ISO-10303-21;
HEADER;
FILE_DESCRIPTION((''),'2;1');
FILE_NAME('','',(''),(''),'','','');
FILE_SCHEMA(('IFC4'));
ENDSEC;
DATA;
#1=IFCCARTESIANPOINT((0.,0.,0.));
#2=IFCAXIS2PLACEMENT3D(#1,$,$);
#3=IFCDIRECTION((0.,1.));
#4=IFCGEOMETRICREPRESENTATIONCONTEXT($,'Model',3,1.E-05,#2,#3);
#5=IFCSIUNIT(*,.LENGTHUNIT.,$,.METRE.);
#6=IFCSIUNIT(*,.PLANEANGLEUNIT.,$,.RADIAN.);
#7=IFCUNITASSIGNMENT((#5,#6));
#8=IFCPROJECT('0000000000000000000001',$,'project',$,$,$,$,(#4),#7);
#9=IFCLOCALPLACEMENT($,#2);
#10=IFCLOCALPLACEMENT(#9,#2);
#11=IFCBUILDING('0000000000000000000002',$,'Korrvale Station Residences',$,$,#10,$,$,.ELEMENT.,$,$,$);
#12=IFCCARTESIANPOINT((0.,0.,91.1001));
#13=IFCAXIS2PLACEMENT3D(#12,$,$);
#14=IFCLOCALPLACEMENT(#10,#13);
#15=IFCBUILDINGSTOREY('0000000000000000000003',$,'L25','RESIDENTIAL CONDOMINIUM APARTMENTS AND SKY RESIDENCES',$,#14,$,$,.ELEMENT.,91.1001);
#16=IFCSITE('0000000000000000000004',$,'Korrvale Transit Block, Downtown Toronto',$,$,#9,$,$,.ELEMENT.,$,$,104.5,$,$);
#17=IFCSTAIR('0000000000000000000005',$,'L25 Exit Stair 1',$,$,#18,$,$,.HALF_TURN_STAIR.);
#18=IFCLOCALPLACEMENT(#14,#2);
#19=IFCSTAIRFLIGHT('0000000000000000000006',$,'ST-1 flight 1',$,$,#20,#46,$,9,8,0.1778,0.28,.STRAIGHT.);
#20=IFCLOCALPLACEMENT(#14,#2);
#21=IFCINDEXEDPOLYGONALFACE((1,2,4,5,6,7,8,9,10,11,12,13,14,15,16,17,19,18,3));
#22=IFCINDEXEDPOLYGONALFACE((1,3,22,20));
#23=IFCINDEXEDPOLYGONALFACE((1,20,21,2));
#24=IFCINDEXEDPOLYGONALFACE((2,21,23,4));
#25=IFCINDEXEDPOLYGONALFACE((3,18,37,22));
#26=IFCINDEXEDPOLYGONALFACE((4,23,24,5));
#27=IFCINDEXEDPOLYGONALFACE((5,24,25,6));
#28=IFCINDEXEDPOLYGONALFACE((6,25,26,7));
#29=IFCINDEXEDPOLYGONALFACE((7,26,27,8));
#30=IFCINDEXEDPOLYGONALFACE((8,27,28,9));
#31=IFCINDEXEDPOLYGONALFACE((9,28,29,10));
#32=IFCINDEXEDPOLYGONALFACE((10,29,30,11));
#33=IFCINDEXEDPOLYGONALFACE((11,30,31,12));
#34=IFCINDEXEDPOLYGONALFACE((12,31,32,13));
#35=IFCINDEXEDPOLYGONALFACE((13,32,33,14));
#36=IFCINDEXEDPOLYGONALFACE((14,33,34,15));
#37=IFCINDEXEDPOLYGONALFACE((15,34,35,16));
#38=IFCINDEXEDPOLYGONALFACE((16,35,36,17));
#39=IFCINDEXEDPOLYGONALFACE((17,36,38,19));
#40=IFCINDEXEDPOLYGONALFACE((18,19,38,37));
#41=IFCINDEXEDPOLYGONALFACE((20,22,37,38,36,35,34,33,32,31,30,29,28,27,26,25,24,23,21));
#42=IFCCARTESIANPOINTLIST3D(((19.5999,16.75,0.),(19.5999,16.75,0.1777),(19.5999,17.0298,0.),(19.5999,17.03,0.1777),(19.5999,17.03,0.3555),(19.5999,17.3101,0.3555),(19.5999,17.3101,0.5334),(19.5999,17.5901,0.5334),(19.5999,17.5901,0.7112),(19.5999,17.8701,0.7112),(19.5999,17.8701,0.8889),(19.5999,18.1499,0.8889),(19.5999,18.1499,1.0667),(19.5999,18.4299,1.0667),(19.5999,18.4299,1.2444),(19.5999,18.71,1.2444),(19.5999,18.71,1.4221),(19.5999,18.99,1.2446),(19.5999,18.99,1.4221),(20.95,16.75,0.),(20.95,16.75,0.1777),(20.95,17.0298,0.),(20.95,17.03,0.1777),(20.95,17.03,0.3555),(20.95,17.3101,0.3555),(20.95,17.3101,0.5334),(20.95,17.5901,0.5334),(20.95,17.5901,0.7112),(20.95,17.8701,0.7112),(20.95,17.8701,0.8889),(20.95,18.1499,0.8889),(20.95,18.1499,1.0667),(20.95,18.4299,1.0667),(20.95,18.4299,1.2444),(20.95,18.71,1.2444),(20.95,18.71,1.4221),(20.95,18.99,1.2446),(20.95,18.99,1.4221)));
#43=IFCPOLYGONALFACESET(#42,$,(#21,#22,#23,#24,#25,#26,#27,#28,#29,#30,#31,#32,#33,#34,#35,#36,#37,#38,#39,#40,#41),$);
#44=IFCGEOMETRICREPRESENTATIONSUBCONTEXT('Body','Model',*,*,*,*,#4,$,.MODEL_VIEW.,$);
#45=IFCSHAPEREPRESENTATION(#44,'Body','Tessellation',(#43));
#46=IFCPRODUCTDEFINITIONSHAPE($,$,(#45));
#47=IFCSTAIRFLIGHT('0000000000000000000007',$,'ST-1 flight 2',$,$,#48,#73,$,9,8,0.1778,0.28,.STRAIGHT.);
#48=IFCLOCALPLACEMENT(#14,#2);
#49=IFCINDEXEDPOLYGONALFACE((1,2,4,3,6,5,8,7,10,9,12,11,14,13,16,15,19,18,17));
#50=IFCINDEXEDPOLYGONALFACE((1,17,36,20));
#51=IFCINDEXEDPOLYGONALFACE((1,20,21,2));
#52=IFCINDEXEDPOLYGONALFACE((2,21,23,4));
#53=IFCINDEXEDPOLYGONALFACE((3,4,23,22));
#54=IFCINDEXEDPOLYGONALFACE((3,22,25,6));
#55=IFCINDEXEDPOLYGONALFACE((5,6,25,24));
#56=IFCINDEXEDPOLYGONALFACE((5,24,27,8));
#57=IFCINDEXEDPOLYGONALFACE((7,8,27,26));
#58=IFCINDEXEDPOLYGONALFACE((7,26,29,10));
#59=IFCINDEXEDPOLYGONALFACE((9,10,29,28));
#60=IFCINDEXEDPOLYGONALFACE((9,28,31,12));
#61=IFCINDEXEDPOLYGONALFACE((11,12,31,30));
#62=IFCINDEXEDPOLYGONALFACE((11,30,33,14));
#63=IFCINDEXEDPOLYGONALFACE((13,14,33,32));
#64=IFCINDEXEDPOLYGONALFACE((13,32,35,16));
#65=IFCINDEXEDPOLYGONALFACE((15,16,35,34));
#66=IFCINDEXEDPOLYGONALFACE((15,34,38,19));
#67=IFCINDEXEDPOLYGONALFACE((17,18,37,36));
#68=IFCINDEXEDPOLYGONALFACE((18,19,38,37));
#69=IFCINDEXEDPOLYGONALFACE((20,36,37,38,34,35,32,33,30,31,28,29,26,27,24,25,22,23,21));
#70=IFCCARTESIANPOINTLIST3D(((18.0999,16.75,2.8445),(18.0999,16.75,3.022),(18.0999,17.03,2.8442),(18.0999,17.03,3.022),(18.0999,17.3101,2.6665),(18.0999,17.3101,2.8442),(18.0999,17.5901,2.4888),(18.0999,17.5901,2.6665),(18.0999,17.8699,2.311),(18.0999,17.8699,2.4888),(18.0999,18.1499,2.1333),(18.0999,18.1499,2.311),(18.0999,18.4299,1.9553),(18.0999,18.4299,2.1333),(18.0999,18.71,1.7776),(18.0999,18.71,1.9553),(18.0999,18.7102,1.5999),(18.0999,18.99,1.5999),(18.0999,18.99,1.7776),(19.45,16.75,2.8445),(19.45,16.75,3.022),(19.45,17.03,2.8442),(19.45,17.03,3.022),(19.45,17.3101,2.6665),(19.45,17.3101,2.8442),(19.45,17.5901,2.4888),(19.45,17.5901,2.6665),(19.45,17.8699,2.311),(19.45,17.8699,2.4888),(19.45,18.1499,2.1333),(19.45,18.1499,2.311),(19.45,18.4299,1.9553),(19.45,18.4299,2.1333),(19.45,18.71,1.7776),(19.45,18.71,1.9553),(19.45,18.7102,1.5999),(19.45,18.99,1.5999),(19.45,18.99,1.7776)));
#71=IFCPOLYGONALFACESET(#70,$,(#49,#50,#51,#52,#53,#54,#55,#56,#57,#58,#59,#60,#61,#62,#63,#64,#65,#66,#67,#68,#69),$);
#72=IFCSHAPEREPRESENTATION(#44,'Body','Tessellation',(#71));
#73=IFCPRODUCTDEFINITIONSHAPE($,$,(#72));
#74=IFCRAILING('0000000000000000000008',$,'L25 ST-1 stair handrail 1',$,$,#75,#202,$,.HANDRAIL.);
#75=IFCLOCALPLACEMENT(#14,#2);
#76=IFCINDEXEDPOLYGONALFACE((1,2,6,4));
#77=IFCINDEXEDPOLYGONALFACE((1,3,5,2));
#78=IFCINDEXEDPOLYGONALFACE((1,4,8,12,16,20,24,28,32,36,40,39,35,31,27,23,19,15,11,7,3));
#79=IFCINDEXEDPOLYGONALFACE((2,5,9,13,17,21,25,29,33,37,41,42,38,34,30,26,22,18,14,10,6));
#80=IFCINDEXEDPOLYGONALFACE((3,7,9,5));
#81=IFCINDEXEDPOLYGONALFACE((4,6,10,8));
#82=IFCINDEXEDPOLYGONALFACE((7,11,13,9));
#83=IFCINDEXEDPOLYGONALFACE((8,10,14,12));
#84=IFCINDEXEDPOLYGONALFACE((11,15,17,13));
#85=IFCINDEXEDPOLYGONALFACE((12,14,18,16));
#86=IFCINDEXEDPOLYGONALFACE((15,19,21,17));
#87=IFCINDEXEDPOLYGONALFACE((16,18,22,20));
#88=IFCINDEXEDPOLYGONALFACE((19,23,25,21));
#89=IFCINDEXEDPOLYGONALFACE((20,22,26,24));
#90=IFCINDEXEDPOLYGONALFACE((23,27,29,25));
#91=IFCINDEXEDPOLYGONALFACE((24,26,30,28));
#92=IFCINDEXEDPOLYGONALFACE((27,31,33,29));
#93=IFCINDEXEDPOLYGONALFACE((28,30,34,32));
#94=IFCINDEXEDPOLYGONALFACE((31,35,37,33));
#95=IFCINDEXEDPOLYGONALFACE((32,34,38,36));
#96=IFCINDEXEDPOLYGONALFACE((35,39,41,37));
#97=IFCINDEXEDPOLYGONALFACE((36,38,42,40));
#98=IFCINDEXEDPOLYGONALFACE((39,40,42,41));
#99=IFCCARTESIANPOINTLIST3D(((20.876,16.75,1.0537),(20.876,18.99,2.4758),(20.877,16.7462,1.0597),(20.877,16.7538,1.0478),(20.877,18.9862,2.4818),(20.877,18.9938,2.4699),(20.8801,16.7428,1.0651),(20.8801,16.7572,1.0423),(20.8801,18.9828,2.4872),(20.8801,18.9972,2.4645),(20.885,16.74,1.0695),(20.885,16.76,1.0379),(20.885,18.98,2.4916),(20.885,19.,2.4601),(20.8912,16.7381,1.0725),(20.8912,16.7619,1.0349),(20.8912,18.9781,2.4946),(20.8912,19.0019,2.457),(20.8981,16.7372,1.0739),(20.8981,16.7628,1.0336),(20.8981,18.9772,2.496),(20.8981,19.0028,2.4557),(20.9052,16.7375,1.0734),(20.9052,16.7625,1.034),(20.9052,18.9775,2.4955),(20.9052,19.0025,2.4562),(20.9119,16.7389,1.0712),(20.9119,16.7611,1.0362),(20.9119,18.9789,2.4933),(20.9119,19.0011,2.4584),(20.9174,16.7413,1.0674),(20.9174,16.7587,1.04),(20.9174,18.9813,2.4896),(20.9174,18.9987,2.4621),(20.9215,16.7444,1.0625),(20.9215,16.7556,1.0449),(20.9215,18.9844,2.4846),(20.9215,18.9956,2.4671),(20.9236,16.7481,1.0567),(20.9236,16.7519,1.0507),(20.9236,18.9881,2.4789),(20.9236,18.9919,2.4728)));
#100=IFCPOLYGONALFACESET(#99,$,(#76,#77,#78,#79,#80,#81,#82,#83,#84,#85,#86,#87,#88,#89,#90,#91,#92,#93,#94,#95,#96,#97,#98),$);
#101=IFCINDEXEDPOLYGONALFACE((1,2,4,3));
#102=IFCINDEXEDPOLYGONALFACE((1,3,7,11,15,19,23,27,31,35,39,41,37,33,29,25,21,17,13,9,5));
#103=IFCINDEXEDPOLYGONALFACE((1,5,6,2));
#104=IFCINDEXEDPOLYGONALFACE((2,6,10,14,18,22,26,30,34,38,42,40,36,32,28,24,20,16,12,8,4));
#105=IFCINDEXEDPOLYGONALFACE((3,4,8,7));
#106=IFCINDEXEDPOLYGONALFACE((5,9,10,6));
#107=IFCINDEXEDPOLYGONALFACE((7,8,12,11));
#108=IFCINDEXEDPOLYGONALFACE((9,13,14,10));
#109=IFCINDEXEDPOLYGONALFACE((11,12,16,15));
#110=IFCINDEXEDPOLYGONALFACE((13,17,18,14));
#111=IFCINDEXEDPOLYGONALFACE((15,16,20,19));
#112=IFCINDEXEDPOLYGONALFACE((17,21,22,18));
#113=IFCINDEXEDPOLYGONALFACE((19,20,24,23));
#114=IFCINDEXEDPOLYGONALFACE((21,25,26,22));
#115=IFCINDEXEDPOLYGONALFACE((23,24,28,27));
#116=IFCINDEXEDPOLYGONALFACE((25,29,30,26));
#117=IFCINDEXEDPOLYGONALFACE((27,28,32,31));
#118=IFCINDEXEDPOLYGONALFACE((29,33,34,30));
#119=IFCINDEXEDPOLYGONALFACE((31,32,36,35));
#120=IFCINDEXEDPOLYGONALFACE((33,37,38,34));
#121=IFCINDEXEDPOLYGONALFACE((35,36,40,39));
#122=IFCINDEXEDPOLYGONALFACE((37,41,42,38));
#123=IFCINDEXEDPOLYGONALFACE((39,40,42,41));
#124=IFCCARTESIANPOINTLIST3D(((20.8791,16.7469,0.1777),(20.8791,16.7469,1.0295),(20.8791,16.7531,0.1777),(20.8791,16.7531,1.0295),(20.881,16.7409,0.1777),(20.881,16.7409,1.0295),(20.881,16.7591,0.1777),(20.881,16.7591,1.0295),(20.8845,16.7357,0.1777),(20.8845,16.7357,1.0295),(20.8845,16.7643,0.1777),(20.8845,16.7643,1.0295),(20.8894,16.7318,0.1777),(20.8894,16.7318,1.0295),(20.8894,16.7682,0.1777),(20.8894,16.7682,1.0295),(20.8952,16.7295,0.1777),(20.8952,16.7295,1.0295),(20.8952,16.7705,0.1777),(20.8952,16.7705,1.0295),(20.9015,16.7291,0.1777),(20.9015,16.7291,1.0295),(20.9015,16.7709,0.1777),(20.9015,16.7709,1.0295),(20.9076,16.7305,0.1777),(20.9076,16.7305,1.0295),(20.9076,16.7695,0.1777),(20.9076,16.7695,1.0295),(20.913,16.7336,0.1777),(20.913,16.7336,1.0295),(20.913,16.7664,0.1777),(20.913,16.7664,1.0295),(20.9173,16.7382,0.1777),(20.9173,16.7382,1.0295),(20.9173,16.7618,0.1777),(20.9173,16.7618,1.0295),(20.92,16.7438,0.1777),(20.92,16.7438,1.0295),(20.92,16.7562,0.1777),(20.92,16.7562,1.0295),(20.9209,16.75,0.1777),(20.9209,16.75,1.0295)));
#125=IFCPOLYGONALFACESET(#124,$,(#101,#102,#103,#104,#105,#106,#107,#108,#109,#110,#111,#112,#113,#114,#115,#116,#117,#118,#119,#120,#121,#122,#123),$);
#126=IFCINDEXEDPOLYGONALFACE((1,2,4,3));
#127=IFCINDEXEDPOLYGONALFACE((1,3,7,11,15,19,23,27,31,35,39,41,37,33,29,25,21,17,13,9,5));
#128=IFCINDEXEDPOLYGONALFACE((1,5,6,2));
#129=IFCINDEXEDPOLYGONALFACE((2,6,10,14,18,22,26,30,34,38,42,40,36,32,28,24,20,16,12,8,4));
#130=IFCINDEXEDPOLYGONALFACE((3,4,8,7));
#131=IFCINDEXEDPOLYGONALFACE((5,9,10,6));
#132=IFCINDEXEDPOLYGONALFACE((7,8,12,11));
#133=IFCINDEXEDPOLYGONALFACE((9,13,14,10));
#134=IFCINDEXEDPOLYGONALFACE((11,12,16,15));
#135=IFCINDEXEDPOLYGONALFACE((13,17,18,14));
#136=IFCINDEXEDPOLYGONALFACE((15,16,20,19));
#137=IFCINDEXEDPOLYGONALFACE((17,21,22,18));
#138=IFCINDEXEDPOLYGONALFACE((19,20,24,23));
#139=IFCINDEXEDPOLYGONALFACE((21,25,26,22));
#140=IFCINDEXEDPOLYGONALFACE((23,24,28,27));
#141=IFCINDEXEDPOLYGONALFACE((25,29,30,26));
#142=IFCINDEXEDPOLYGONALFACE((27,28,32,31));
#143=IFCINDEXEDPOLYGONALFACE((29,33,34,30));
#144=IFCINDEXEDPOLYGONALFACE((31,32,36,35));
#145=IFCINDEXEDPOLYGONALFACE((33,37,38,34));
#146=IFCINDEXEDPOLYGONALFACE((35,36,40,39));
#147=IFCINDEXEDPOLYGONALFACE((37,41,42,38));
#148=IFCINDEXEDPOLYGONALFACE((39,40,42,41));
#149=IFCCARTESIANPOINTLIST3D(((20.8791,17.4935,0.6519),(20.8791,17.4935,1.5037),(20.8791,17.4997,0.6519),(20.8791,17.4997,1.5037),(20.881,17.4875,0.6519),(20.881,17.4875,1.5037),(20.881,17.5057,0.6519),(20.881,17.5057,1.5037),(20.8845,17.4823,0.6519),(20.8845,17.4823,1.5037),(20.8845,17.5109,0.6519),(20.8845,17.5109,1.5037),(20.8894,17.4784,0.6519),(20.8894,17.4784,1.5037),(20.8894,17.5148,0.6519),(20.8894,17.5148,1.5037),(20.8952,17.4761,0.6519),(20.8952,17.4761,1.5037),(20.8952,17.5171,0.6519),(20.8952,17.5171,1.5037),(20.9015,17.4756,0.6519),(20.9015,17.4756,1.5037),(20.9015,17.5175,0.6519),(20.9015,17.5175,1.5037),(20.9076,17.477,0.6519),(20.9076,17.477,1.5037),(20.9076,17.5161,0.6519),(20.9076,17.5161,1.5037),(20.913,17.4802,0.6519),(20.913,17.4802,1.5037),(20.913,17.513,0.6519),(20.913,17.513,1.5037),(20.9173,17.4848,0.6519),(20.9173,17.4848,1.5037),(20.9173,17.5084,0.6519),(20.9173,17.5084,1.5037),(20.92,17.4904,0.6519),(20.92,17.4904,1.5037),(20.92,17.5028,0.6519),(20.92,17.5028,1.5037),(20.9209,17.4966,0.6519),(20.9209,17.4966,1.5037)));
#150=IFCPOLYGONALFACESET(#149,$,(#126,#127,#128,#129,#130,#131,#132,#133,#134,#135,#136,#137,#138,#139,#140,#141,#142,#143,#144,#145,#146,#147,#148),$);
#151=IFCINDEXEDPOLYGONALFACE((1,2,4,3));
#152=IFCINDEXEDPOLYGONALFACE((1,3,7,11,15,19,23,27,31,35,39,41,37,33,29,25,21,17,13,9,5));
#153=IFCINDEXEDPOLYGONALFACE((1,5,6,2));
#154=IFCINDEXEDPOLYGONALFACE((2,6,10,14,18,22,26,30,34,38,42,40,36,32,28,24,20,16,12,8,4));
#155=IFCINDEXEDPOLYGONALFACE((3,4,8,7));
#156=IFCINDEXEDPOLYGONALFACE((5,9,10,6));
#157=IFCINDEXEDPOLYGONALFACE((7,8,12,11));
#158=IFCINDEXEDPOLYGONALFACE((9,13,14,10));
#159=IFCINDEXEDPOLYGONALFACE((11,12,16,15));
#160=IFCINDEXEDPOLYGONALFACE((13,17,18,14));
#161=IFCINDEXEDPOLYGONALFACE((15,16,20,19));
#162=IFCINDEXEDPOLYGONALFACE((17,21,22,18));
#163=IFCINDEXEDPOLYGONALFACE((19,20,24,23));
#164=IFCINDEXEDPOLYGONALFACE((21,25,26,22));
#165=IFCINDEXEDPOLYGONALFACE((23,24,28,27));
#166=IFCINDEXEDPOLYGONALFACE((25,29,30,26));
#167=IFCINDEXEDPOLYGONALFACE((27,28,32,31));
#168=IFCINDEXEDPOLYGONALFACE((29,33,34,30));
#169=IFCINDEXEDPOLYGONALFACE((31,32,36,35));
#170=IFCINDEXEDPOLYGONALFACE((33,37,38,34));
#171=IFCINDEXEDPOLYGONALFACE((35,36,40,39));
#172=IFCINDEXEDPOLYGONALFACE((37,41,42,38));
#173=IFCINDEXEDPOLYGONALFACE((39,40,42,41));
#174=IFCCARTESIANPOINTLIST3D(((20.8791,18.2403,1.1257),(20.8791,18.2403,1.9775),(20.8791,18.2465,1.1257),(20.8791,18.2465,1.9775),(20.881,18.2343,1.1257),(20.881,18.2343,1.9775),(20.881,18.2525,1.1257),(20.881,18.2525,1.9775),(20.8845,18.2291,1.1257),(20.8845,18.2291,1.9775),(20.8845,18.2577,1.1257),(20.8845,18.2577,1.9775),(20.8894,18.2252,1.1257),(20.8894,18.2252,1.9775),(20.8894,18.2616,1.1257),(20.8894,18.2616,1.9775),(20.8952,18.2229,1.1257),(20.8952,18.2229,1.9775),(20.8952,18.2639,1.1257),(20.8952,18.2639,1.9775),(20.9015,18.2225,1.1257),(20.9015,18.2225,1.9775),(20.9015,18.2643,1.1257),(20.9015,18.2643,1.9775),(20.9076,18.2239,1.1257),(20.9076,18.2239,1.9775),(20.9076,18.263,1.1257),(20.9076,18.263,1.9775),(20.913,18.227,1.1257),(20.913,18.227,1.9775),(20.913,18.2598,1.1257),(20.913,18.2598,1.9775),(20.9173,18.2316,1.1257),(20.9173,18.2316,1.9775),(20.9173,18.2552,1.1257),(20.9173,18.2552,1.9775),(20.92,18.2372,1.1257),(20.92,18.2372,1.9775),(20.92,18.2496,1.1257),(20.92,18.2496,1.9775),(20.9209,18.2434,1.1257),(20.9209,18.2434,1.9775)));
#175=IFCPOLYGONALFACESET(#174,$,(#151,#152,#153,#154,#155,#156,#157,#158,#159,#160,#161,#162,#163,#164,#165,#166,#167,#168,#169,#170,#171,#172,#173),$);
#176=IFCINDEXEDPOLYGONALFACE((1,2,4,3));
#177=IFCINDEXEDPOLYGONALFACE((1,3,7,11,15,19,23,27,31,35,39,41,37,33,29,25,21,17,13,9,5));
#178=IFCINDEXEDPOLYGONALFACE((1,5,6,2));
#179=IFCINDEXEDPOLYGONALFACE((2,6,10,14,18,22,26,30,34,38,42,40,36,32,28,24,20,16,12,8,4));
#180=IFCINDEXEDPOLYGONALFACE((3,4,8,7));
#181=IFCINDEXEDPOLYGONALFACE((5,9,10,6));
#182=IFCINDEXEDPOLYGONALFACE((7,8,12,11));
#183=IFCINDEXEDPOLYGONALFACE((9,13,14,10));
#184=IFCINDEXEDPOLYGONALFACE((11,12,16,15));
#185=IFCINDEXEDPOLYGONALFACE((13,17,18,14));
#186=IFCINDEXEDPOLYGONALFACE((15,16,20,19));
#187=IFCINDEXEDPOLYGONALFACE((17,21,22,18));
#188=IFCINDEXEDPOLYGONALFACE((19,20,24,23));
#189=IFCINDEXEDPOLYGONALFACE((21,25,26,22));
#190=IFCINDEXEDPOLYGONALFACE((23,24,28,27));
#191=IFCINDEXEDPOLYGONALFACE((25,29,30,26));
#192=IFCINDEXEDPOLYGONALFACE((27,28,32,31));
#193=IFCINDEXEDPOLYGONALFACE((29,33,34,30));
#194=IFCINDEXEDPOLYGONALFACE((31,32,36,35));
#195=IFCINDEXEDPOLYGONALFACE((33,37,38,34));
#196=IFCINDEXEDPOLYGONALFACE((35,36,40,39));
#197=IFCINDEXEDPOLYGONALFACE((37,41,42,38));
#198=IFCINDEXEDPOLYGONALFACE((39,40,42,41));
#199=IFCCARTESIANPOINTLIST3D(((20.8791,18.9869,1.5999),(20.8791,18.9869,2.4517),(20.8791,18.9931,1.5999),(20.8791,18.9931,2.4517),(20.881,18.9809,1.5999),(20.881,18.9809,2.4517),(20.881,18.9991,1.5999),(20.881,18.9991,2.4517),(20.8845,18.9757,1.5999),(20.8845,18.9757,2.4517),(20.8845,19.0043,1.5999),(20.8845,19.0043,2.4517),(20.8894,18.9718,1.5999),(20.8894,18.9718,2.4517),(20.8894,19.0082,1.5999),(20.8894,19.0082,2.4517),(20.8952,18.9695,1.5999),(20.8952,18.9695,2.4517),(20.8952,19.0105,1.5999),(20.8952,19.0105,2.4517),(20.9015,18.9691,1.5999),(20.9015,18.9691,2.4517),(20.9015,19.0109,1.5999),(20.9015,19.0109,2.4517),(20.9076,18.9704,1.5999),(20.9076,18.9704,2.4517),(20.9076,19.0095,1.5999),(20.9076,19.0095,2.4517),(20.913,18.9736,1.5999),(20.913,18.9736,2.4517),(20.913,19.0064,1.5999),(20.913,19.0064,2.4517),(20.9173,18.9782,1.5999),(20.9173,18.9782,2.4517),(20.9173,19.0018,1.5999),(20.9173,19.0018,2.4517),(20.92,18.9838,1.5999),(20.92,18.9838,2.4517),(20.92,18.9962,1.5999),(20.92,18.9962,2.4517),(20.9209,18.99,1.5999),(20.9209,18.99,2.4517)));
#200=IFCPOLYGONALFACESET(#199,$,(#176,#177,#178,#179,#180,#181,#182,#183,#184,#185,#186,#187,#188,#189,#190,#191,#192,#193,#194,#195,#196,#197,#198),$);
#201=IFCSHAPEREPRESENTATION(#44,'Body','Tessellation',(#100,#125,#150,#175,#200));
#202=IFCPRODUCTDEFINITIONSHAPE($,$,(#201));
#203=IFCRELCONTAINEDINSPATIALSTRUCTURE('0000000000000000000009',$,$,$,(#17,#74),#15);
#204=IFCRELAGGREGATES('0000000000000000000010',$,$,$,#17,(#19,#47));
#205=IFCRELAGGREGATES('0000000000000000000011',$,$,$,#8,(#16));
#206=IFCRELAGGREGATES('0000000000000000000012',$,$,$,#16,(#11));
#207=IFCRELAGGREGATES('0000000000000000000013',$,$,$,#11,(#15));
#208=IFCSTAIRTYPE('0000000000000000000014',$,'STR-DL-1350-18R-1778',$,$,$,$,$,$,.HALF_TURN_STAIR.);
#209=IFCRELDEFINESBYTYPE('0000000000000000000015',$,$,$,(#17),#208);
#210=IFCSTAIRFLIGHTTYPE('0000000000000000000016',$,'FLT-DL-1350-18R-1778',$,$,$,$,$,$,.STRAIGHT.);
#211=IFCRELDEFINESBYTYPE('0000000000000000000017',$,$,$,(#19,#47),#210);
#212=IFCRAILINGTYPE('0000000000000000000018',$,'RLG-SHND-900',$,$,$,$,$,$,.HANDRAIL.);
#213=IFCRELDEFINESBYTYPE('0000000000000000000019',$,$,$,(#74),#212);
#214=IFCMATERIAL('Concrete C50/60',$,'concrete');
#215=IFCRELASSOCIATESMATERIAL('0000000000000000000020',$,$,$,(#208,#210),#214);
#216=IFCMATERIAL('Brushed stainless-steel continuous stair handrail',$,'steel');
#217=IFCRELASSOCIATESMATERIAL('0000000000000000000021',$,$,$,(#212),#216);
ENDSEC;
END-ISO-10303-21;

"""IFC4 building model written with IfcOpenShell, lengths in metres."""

from ifc_helpers import new_model, si_unit, direction, frame, origin, origin_2d, place, context, subcontext, project, spatial, polyline, circle, outline, extrude, material, type_object, element, aggregate, save


model = new_model("IFC4")

# Units and contexts
model_context = context("Model", 3, precision=1e-05, world=origin(), true_north=direction((0.0, 1.0)))
body_context = subcontext(model_context, "Body", "Model", "MODEL_VIEW")
ifc_project = project(units=[si_unit("LENGTHUNIT", "METRE"), si_unit("PLANEANGLEUNIT", "RADIAN")], contexts=[model_context])

# Site, building, storey
site_placement = place(None, origin())
site = spatial("IfcSite", under=ifc_project, at=site_placement, Name="Korrvale Transit Block, Downtown Toronto", CompositionType="ELEMENT", RefElevation=104.5)
building_placement = place(site_placement, origin())
building = spatial("IfcBuilding", under=site, at=building_placement, Name="Korrvale Station Residences", CompositionType="ELEMENT")
storey_placement = place(building_placement, frame((0.0, 0.0, 91.1001)))
storey = spatial("IfcBuildingStorey", under=building, at=storey_placement, Name="L25", Description="RESIDENTIAL CONDOMINIUM APARTMENTS AND SKY RESIDENCES", CompositionType="ELEMENT", Elevation=91.1001)

# Stair, stair flights
ifc_material_1 = material(Name="Concrete C50/60", Category="concrete")
stair_type = type_object("IfcStairType", Name="STR-DL-1350-18R-1778", PredefinedType="HALF_TURN_STAIR", material=ifc_material_1)
stair_placement = place(storey_placement, origin())
stair = element("IfcStair", 1, at=stair_placement, inside=storey, type_object=stair_type, Name="L25 Exit Stair 1", PredefinedType="HALF_TURN_STAIR")
stair_flight_type = type_object("IfcStairFlightType", Name="FLT-DL-1350-18R-1778", PredefinedType="STRAIGHT", material=ifc_material_1)
stair_flight_1_placement = place(storey_placement, frame((20.2749, 16.75, 0.0), z_axis=(0.0, 0.0, 1.0), x_axis=(0.0, 1.0, 0.0)))
stair_flight_1 = element("IfcStairFlight", 2, at=stair_flight_1_placement, type_object=stair_flight_type, Name="ST-1 flight 1", NumberOfRisers=9, NumberOfTreads=8, PredefinedType="STRAIGHT", RiserHeight=0.1778, TreadLength=0.28, context=body_context, shape_type="SweptSolid", body=[
    extrude(outline(polyline([(0.0, 0.0), (0.0, 0.1777), (0.28, 0.1777), (0.28, 0.3555), (0.5601, 0.3555), (0.5601, 0.5334), (0.8401, 0.5334), (0.8401, 0.7112), (1.1201, 0.7112), (1.1201, 0.8889), (1.3999, 0.8889), (1.3999, 1.0667), (1.6799, 1.0667), (1.6799, 1.2444), (1.96, 1.2444), (1.96, 1.4221), (2.24, 1.4221), (2.24, 1.6001), (2.24, 1.2446), (0.2798, 0.0), (0.0, 0.0)])), frame((0.0, 0.675, 0.0), z_axis=(0.0, -1.0, 0.0), x_axis=(1.0, 0.0, 0.0)), (0.0, 0.0, 1.0), 1.3501),
])
stair_flight_2_placement = place(storey_placement, frame((18.7749, 18.99, 1.5999), z_axis=(0.0, 0.0, 1.0), x_axis=(0.0, -1.0, 0.0)))
stair_flight_2 = element("IfcStairFlight", 3, at=stair_flight_2_placement, type_object=stair_flight_type, Name="ST-1 flight 2", NumberOfRisers=9, NumberOfTreads=8, PredefinedType="STRAIGHT", RiserHeight=0.1778, TreadLength=0.28, context=body_context, shape_type="SweptSolid", body=[
    extrude(outline(polyline([(0.0, 0.0), (0.0, 0.1777), (0.28, 0.1777), (0.28, 0.3555), (0.5601, 0.3555), (0.5601, 0.5334), (0.8401, 0.5334), (0.8401, 0.7112), (1.1201, 0.7112), (1.1201, 0.8889), (1.3999, 0.8889), (1.3999, 1.0667), (1.6799, 1.0667), (1.6799, 1.2444), (1.96, 1.2444), (1.96, 1.4221), (2.24, 1.4221), (2.24, 1.6001), (2.24, 1.2446), (0.2798, 0.0), (0.0, 0.0)])), frame((0.0, 0.675, 0.0), z_axis=(0.0, -1.0, 0.0), x_axis=(1.0, 0.0, 0.0)), (0.0, 0.0, 1.0), 1.3501),
])
aggregate(stair, [stair_flight_1, stair_flight_2])

# Railing
ifc_material_2 = material(Name="Brushed stainless-steel continuous stair handrail", Category="steel")
railing_type_1 = type_object("IfcRailingType", Name="RLG-SHND-900", PredefinedType="HANDRAIL", material=ifc_material_2)
railing_1_placement = place(storey_placement, frame((20.8999, 16.75, 0.1777)))
element("IfcRailing", 4, at=railing_1_placement, inside=storey, type_object=railing_type_1, Name="L25 ST-1 stair handrail 1", PredefinedType="HANDRAIL", context=body_context, shape_type="SweptSolid", body=[
    extrude(circle(Radius=0.0239, at=origin_2d()), frame((0.0, 0.0, 0.876), z_axis=(0.0, 0.844229, 0.535982), x_axis=(-1.0, 0.0, 0.0)), (0.0, 0.0, 1.0), 2.6533),
    extrude(circle(Radius=0.021, at=origin_2d()), origin(), (0.0, 0.0, 1.0), 0.8518),
    extrude(circle(Radius=0.021, at=origin_2d()), frame((0.0, 0.7466, 0.4741)), (0.0, 0.0, 1.0), 0.8518),
    extrude(circle(Radius=0.021, at=origin_2d()), frame((0.0, 1.4934, 0.948)), (0.0, 0.0, 1.0), 0.8518),
    extrude(circle(Radius=0.021, at=origin_2d()), frame((0.0, 2.24, 1.4221)), (0.0, 0.0, 1.0), 0.8518),
])

save(model, "model.ifc")
